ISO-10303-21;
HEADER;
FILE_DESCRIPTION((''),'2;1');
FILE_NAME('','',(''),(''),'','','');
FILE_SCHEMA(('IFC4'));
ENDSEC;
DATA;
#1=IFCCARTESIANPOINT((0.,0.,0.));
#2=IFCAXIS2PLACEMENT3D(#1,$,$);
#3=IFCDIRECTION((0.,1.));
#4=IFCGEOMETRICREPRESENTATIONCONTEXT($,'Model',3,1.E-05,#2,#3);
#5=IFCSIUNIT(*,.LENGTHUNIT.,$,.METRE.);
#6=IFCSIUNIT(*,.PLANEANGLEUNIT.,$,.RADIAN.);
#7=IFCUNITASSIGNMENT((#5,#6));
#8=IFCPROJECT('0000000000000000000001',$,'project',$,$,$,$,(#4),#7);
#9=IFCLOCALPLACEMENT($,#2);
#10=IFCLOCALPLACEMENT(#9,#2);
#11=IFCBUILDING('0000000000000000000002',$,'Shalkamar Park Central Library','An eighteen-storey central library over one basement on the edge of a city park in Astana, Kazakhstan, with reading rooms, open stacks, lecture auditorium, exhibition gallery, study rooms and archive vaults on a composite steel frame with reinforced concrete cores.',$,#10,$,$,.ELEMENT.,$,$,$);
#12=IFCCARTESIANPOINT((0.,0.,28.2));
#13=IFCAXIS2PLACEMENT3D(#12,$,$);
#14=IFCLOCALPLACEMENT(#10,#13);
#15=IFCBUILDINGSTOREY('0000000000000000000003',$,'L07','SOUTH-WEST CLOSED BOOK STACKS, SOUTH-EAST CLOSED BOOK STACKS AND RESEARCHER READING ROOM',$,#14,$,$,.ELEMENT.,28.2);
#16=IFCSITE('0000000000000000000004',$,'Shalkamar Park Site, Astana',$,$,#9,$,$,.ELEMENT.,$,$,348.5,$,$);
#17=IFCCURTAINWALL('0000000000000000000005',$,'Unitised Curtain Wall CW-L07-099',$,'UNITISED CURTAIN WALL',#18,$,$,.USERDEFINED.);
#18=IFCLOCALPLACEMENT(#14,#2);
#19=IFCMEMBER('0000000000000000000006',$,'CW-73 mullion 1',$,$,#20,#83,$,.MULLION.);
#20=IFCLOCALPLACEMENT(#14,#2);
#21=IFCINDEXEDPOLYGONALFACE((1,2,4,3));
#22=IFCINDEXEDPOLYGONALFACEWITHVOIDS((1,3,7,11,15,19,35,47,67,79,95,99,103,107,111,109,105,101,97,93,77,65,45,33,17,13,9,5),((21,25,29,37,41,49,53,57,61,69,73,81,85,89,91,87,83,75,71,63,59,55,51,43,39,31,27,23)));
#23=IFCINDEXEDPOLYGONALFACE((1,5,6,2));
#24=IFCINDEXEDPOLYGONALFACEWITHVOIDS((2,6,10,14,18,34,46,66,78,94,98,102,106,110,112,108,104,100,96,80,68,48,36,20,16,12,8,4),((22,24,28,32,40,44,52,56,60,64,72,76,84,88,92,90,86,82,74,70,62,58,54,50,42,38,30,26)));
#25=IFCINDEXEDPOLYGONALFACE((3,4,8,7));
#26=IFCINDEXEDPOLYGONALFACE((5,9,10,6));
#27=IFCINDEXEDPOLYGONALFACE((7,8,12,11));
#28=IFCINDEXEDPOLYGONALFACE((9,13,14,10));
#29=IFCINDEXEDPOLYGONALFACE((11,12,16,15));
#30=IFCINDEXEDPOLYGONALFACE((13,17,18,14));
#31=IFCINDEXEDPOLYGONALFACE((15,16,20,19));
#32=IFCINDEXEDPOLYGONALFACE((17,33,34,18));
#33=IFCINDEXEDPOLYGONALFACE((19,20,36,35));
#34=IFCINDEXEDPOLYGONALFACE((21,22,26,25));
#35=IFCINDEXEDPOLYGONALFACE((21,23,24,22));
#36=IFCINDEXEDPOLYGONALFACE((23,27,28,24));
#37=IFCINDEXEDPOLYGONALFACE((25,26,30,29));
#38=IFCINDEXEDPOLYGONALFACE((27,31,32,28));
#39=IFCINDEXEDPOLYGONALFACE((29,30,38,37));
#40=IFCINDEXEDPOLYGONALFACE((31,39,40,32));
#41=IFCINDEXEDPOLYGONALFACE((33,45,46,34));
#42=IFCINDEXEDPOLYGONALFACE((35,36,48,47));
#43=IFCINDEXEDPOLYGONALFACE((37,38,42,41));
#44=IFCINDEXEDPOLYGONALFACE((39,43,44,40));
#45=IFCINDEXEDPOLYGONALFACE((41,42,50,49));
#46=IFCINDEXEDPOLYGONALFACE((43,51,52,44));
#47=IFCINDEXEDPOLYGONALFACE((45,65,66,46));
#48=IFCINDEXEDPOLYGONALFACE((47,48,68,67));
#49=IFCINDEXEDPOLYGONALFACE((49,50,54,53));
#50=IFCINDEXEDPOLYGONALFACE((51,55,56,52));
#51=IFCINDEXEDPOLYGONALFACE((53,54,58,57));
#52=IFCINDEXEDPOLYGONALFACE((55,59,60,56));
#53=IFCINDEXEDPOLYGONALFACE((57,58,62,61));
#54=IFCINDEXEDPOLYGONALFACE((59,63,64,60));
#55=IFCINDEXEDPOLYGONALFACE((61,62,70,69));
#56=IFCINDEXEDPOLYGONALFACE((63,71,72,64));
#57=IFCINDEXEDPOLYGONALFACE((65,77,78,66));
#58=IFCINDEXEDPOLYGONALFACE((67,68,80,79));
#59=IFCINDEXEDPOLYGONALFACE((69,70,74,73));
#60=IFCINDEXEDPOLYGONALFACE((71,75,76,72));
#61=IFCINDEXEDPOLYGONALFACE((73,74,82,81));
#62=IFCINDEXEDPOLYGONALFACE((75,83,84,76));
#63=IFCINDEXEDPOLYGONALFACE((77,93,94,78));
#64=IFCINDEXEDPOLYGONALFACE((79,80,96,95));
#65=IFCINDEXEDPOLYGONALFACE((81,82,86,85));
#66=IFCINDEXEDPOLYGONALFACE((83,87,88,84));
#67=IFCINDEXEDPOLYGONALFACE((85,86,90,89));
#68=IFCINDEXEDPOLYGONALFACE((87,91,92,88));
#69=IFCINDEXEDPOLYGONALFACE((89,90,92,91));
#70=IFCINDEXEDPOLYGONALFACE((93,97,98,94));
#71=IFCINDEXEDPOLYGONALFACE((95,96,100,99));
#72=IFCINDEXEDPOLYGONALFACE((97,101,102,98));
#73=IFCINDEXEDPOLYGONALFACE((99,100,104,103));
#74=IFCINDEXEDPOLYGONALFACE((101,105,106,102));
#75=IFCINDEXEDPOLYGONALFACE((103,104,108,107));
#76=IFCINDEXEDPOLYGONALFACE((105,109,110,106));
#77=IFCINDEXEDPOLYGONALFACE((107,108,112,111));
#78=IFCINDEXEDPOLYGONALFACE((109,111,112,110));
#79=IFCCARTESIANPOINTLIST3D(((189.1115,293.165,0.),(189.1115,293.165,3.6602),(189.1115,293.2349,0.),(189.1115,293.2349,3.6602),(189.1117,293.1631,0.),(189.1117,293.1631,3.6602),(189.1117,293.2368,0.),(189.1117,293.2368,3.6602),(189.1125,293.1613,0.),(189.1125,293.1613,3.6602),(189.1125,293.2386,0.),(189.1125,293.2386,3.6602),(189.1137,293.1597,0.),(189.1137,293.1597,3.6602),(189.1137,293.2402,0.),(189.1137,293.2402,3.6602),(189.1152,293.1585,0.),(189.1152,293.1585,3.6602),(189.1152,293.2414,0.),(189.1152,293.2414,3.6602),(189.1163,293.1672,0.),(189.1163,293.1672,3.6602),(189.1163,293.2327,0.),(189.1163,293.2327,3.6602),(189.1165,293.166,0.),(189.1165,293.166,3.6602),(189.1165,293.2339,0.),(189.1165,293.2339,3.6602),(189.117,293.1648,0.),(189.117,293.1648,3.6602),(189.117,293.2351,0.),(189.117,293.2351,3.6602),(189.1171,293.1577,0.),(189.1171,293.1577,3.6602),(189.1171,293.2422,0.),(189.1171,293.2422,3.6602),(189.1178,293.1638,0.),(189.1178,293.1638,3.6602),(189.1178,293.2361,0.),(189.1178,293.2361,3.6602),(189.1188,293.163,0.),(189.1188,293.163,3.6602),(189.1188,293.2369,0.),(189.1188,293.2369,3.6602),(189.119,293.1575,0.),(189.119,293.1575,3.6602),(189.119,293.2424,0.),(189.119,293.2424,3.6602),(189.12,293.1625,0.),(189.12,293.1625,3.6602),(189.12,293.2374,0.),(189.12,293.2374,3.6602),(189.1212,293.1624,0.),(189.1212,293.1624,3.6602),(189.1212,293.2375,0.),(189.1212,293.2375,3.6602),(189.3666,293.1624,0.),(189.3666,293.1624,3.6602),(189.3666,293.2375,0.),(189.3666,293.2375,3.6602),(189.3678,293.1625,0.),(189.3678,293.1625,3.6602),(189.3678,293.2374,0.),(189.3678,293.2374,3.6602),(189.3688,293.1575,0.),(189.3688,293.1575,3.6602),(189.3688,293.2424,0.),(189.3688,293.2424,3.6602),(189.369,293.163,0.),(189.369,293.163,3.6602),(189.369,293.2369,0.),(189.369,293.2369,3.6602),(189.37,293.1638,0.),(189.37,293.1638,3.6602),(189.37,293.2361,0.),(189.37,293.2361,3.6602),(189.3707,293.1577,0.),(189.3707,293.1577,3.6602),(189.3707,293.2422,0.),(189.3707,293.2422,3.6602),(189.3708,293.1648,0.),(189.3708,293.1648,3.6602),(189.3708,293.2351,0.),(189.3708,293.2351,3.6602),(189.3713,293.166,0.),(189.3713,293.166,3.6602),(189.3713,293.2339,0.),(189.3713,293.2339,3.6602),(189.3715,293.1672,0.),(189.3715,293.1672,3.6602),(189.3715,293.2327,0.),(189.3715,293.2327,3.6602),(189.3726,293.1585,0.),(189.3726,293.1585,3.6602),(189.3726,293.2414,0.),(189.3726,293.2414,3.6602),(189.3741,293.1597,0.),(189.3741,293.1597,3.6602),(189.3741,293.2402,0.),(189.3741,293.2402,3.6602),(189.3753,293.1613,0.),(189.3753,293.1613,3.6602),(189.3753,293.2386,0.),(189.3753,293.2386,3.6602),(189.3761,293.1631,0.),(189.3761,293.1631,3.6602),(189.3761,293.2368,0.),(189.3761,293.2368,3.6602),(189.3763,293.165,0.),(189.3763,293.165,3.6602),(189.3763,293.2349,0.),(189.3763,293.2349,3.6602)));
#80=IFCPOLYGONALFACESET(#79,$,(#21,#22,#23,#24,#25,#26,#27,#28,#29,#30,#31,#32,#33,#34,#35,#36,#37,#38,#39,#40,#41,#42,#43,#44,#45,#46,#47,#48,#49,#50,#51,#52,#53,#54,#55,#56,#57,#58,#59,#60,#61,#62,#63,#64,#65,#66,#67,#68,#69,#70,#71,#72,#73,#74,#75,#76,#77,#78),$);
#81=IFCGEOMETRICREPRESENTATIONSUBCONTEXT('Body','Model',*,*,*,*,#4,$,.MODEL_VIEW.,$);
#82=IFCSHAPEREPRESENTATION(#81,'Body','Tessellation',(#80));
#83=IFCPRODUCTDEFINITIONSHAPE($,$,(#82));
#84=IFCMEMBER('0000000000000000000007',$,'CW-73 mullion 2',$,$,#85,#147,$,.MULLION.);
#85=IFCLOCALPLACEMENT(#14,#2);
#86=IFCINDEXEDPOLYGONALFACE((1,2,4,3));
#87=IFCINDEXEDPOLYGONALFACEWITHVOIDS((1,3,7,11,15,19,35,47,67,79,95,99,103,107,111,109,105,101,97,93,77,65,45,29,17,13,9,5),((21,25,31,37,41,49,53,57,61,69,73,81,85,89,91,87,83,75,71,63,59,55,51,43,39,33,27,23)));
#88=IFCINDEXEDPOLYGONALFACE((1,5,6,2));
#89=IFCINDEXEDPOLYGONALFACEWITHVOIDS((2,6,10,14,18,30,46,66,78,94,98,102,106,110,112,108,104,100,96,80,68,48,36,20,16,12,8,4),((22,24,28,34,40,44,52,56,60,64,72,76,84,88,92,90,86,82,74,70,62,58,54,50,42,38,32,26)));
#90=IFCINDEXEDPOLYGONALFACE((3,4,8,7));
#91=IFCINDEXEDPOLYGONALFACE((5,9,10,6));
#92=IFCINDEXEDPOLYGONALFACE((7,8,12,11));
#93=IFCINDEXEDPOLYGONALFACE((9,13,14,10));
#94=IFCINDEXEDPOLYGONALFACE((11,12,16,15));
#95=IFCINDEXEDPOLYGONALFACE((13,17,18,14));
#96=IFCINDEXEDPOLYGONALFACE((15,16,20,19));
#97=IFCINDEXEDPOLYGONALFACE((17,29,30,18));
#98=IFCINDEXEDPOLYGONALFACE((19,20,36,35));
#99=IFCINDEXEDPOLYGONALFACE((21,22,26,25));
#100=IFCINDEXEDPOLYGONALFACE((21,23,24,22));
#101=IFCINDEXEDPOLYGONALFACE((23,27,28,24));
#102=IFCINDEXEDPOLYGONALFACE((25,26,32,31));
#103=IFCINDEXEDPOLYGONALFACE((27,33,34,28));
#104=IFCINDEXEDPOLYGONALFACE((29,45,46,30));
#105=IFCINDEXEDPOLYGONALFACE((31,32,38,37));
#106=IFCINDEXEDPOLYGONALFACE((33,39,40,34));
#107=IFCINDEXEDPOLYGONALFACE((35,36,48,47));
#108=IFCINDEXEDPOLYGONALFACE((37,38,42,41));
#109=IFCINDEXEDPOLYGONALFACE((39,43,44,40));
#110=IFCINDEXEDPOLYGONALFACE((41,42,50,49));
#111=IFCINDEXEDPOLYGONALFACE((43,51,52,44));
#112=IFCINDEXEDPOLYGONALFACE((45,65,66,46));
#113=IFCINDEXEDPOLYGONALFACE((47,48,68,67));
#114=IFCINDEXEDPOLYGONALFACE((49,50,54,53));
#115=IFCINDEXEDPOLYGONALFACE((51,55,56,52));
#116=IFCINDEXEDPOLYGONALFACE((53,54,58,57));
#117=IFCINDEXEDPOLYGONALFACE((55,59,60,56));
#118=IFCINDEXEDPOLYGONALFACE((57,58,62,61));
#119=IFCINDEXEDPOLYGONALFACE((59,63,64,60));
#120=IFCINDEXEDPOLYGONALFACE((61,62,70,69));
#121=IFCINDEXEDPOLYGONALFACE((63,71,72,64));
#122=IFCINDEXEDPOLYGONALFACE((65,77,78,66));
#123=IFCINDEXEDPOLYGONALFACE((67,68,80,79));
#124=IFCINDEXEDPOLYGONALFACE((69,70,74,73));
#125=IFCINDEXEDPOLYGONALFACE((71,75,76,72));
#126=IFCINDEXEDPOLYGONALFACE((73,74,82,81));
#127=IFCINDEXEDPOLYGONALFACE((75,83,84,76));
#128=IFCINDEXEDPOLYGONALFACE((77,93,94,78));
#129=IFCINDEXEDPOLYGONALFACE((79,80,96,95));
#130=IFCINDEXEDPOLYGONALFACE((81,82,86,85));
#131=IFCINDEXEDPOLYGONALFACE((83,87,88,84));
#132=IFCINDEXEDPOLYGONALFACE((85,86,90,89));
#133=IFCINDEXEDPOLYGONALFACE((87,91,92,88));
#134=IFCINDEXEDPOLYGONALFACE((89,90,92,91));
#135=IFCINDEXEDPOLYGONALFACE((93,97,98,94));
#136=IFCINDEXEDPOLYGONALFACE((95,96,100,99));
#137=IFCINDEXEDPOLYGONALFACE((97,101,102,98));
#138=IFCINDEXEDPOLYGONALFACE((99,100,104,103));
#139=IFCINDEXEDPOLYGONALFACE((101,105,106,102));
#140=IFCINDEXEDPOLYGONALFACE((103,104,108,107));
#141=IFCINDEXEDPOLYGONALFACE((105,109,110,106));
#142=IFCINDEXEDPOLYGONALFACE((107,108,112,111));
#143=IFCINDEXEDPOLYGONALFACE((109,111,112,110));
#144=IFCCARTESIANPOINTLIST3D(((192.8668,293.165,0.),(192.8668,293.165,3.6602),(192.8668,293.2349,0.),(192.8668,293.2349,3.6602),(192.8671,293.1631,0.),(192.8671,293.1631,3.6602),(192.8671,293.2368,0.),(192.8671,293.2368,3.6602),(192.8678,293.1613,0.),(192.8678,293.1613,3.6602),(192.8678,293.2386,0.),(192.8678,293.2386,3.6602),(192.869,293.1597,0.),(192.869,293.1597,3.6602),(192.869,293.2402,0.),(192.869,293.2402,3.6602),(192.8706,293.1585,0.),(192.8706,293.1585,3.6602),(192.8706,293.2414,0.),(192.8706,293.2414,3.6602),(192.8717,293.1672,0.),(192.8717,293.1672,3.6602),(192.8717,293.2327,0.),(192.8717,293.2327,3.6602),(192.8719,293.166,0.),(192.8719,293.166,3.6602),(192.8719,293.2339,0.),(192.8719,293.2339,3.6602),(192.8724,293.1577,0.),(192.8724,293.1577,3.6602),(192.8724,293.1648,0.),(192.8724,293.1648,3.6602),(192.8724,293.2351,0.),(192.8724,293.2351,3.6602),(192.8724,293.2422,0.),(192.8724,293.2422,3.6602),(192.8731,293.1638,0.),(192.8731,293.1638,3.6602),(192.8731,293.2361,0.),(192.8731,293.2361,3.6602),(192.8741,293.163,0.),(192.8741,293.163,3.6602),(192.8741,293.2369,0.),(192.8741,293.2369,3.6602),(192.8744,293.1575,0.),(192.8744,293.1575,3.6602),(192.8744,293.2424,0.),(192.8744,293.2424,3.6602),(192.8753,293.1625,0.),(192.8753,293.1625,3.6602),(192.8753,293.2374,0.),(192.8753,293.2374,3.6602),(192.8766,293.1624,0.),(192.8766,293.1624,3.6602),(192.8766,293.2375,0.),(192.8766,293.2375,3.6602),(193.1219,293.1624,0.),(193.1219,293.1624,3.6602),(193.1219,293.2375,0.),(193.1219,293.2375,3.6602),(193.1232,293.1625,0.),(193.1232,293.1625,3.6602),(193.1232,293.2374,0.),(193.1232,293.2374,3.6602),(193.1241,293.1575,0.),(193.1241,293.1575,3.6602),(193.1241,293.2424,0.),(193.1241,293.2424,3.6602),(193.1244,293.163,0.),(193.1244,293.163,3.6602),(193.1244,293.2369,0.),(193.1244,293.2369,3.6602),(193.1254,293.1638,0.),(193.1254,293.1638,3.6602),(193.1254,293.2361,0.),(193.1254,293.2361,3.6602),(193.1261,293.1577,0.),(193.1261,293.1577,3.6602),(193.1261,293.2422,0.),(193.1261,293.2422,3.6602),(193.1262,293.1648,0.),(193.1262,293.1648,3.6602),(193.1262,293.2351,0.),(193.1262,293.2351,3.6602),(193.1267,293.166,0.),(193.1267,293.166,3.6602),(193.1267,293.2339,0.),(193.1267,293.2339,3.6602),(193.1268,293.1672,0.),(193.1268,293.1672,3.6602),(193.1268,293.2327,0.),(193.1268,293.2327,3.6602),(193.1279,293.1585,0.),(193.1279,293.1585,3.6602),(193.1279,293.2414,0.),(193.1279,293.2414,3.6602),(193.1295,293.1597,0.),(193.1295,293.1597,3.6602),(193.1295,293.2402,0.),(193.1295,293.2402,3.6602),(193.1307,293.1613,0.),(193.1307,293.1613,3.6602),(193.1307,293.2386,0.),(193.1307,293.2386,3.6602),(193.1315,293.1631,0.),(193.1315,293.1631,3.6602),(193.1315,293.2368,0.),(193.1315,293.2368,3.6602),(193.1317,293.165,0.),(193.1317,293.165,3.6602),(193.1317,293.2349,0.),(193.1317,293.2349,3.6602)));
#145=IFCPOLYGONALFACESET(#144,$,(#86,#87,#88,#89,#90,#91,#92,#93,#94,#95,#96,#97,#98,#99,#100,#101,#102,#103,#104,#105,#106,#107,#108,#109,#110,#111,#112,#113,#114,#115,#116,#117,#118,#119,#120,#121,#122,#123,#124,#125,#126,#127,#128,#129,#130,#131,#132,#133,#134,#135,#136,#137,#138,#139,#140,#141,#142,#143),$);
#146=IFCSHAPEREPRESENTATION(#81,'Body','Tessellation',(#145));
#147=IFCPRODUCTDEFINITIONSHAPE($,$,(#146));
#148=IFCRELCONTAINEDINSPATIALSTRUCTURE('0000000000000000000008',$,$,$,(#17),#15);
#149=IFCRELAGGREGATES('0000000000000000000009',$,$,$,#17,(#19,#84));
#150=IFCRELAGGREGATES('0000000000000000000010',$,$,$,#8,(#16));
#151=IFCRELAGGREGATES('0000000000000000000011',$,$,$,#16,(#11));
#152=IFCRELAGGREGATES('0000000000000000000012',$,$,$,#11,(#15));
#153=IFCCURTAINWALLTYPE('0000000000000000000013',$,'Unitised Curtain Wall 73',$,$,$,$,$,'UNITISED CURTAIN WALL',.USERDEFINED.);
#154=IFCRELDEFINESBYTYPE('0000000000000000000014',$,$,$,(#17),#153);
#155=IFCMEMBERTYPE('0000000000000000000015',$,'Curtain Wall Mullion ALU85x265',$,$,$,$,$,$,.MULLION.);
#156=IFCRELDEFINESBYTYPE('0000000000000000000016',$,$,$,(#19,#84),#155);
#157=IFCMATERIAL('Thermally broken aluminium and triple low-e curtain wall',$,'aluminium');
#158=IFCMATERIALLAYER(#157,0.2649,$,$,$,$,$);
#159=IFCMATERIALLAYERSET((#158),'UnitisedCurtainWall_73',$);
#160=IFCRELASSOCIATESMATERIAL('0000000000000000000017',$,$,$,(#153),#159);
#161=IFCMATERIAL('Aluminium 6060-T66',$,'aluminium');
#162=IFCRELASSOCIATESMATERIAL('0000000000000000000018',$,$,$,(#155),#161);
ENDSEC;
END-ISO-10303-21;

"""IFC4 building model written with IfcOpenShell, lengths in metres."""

from ifc_helpers import new_model, si_unit, direction, frame, origin, origin_2d, place, context, subcontext, project, spatial, hollow_rectangle, extrude, material, layer, layer_set, material_profile, profile_set, type_object, element, aggregate, save


model = new_model("IFC4")

# Units and contexts
model_context = context("Model", 3, precision=1e-05, world=origin(), true_north=direction((0.0, 1.0)))
body_context = subcontext(model_context, "Body", "Model", "MODEL_VIEW")
ifc_project = project(units=[si_unit("LENGTHUNIT", "METRE"), si_unit("PLANEANGLEUNIT", "RADIAN")], contexts=[model_context])

# Site, building, storey
site_placement = place(None, origin())
site = spatial("IfcSite", under=ifc_project, at=site_placement, Name="Shalkamar Park Site, Astana", CompositionType="ELEMENT", RefElevation=348.5)
building_placement = place(site_placement, origin())
building = spatial("IfcBuilding", under=site, at=building_placement, Name="Shalkamar Park Central Library", Description="An eighteen-storey central library over one basement on the edge of a city park in Astana, Kazakhstan, with reading rooms, open stacks, lecture auditorium, exhibition gallery, study rooms and archive vaults on a composite steel frame with reinforced concrete cores.", CompositionType="ELEMENT")
storey_placement = place(building_placement, frame((0.0, 0.0, 28.2)))
storey = spatial("IfcBuildingStorey", under=building, at=storey_placement, Name="L07", Description="SOUTH-WEST CLOSED BOOK STACKS, SOUTH-EAST CLOSED BOOK STACKS AND RESEARCHER READING ROOM", CompositionType="ELEMENT", Elevation=28.2)

# Curtain wall, members
ifc_material_1 = material(Name="Thermally broken aluminium and triple low-e curtain wall", Category="aluminium")
ifc_material_2 = material(Name="Aluminium 6060-T66", Category="aluminium")
ifc_layer_1 = layer(ifc_material_1, 0.2649)
ifc_layer_set_1 = layer_set([ifc_layer_1], Name="UnitisedCurtainWall_73")
curtain_wall_type_1 = type_object("IfcCurtainWallType", Name="Unitised Curtain Wall 73", ElementType="UNITISED CURTAIN WALL", PredefinedType="USERDEFINED", material=ifc_layer_set_1)
curtain_wall_1_placement = place(storey_placement, origin())
curtain_wall_1 = element("IfcCurtainWall", 1, at=curtain_wall_1_placement, inside=storey, type_object=curtain_wall_type_1, Name="Unitised Curtain Wall CW-L07-099", ObjectType="UNITISED CURTAIN WALL", PredefinedType="USERDEFINED")
ifc_material_profile_1 = material_profile(ifc_material_2, hollow_rectangle(XDim=0.085, YDim=0.2649, WallThickness=0.0049, InnerFilletRadius=0.0049, OuterFilletRadius=0.0076, at=origin_2d()), Name="ALU 85x265x5")
ifc_profile_set_1 = profile_set([ifc_material_profile_1], Name="Aluminium 6060-T66")
member_type_1 = type_object("IfcMemberType", Name="Curtain Wall Mullion ALU85x265", PredefinedType="MULLION", material=ifc_profile_set_1)
member_1_placement = place(storey_placement, frame((189.2439, 293.2, 0.0), z_axis=(0.0, 0.0, 1.0), x_axis=(0.0, 1.0, 0.0)))
member_1 = element("IfcMember", 2, at=member_1_placement, type_object=member_type_1, Name="CW-73 mullion 1", PredefinedType="MULLION", context=body_context, shape_type="SweptSolid", body=[
    extrude(hollow_rectangle(XDim=0.085, YDim=0.2649, WallThickness=0.0049, InnerFilletRadius=0.0049, OuterFilletRadius=0.0076, at=origin_2d()), origin(), (0.0, 0.0, 1.0), 3.6602),
])
member_2_placement = place(storey_placement, frame((192.9993, 293.2, 0.0), z_axis=(0.0, 0.0, 1.0), x_axis=(0.0, 1.0, 0.0)))
member_2 = element("IfcMember", 3, at=member_2_placement, type_object=member_type_1, Name="CW-73 mullion 2", PredefinedType="MULLION", context=body_context, shape_type="SweptSolid", body=[
    extrude(hollow_rectangle(XDim=0.085, YDim=0.2649, WallThickness=0.0049, InnerFilletRadius=0.0049, OuterFilletRadius=0.0076, at=origin_2d()), origin(), (0.0, 0.0, 1.0), 3.6602),
])

aggregate(curtain_wall_1, [member_1, member_2])

save(model, "model.ifc")
